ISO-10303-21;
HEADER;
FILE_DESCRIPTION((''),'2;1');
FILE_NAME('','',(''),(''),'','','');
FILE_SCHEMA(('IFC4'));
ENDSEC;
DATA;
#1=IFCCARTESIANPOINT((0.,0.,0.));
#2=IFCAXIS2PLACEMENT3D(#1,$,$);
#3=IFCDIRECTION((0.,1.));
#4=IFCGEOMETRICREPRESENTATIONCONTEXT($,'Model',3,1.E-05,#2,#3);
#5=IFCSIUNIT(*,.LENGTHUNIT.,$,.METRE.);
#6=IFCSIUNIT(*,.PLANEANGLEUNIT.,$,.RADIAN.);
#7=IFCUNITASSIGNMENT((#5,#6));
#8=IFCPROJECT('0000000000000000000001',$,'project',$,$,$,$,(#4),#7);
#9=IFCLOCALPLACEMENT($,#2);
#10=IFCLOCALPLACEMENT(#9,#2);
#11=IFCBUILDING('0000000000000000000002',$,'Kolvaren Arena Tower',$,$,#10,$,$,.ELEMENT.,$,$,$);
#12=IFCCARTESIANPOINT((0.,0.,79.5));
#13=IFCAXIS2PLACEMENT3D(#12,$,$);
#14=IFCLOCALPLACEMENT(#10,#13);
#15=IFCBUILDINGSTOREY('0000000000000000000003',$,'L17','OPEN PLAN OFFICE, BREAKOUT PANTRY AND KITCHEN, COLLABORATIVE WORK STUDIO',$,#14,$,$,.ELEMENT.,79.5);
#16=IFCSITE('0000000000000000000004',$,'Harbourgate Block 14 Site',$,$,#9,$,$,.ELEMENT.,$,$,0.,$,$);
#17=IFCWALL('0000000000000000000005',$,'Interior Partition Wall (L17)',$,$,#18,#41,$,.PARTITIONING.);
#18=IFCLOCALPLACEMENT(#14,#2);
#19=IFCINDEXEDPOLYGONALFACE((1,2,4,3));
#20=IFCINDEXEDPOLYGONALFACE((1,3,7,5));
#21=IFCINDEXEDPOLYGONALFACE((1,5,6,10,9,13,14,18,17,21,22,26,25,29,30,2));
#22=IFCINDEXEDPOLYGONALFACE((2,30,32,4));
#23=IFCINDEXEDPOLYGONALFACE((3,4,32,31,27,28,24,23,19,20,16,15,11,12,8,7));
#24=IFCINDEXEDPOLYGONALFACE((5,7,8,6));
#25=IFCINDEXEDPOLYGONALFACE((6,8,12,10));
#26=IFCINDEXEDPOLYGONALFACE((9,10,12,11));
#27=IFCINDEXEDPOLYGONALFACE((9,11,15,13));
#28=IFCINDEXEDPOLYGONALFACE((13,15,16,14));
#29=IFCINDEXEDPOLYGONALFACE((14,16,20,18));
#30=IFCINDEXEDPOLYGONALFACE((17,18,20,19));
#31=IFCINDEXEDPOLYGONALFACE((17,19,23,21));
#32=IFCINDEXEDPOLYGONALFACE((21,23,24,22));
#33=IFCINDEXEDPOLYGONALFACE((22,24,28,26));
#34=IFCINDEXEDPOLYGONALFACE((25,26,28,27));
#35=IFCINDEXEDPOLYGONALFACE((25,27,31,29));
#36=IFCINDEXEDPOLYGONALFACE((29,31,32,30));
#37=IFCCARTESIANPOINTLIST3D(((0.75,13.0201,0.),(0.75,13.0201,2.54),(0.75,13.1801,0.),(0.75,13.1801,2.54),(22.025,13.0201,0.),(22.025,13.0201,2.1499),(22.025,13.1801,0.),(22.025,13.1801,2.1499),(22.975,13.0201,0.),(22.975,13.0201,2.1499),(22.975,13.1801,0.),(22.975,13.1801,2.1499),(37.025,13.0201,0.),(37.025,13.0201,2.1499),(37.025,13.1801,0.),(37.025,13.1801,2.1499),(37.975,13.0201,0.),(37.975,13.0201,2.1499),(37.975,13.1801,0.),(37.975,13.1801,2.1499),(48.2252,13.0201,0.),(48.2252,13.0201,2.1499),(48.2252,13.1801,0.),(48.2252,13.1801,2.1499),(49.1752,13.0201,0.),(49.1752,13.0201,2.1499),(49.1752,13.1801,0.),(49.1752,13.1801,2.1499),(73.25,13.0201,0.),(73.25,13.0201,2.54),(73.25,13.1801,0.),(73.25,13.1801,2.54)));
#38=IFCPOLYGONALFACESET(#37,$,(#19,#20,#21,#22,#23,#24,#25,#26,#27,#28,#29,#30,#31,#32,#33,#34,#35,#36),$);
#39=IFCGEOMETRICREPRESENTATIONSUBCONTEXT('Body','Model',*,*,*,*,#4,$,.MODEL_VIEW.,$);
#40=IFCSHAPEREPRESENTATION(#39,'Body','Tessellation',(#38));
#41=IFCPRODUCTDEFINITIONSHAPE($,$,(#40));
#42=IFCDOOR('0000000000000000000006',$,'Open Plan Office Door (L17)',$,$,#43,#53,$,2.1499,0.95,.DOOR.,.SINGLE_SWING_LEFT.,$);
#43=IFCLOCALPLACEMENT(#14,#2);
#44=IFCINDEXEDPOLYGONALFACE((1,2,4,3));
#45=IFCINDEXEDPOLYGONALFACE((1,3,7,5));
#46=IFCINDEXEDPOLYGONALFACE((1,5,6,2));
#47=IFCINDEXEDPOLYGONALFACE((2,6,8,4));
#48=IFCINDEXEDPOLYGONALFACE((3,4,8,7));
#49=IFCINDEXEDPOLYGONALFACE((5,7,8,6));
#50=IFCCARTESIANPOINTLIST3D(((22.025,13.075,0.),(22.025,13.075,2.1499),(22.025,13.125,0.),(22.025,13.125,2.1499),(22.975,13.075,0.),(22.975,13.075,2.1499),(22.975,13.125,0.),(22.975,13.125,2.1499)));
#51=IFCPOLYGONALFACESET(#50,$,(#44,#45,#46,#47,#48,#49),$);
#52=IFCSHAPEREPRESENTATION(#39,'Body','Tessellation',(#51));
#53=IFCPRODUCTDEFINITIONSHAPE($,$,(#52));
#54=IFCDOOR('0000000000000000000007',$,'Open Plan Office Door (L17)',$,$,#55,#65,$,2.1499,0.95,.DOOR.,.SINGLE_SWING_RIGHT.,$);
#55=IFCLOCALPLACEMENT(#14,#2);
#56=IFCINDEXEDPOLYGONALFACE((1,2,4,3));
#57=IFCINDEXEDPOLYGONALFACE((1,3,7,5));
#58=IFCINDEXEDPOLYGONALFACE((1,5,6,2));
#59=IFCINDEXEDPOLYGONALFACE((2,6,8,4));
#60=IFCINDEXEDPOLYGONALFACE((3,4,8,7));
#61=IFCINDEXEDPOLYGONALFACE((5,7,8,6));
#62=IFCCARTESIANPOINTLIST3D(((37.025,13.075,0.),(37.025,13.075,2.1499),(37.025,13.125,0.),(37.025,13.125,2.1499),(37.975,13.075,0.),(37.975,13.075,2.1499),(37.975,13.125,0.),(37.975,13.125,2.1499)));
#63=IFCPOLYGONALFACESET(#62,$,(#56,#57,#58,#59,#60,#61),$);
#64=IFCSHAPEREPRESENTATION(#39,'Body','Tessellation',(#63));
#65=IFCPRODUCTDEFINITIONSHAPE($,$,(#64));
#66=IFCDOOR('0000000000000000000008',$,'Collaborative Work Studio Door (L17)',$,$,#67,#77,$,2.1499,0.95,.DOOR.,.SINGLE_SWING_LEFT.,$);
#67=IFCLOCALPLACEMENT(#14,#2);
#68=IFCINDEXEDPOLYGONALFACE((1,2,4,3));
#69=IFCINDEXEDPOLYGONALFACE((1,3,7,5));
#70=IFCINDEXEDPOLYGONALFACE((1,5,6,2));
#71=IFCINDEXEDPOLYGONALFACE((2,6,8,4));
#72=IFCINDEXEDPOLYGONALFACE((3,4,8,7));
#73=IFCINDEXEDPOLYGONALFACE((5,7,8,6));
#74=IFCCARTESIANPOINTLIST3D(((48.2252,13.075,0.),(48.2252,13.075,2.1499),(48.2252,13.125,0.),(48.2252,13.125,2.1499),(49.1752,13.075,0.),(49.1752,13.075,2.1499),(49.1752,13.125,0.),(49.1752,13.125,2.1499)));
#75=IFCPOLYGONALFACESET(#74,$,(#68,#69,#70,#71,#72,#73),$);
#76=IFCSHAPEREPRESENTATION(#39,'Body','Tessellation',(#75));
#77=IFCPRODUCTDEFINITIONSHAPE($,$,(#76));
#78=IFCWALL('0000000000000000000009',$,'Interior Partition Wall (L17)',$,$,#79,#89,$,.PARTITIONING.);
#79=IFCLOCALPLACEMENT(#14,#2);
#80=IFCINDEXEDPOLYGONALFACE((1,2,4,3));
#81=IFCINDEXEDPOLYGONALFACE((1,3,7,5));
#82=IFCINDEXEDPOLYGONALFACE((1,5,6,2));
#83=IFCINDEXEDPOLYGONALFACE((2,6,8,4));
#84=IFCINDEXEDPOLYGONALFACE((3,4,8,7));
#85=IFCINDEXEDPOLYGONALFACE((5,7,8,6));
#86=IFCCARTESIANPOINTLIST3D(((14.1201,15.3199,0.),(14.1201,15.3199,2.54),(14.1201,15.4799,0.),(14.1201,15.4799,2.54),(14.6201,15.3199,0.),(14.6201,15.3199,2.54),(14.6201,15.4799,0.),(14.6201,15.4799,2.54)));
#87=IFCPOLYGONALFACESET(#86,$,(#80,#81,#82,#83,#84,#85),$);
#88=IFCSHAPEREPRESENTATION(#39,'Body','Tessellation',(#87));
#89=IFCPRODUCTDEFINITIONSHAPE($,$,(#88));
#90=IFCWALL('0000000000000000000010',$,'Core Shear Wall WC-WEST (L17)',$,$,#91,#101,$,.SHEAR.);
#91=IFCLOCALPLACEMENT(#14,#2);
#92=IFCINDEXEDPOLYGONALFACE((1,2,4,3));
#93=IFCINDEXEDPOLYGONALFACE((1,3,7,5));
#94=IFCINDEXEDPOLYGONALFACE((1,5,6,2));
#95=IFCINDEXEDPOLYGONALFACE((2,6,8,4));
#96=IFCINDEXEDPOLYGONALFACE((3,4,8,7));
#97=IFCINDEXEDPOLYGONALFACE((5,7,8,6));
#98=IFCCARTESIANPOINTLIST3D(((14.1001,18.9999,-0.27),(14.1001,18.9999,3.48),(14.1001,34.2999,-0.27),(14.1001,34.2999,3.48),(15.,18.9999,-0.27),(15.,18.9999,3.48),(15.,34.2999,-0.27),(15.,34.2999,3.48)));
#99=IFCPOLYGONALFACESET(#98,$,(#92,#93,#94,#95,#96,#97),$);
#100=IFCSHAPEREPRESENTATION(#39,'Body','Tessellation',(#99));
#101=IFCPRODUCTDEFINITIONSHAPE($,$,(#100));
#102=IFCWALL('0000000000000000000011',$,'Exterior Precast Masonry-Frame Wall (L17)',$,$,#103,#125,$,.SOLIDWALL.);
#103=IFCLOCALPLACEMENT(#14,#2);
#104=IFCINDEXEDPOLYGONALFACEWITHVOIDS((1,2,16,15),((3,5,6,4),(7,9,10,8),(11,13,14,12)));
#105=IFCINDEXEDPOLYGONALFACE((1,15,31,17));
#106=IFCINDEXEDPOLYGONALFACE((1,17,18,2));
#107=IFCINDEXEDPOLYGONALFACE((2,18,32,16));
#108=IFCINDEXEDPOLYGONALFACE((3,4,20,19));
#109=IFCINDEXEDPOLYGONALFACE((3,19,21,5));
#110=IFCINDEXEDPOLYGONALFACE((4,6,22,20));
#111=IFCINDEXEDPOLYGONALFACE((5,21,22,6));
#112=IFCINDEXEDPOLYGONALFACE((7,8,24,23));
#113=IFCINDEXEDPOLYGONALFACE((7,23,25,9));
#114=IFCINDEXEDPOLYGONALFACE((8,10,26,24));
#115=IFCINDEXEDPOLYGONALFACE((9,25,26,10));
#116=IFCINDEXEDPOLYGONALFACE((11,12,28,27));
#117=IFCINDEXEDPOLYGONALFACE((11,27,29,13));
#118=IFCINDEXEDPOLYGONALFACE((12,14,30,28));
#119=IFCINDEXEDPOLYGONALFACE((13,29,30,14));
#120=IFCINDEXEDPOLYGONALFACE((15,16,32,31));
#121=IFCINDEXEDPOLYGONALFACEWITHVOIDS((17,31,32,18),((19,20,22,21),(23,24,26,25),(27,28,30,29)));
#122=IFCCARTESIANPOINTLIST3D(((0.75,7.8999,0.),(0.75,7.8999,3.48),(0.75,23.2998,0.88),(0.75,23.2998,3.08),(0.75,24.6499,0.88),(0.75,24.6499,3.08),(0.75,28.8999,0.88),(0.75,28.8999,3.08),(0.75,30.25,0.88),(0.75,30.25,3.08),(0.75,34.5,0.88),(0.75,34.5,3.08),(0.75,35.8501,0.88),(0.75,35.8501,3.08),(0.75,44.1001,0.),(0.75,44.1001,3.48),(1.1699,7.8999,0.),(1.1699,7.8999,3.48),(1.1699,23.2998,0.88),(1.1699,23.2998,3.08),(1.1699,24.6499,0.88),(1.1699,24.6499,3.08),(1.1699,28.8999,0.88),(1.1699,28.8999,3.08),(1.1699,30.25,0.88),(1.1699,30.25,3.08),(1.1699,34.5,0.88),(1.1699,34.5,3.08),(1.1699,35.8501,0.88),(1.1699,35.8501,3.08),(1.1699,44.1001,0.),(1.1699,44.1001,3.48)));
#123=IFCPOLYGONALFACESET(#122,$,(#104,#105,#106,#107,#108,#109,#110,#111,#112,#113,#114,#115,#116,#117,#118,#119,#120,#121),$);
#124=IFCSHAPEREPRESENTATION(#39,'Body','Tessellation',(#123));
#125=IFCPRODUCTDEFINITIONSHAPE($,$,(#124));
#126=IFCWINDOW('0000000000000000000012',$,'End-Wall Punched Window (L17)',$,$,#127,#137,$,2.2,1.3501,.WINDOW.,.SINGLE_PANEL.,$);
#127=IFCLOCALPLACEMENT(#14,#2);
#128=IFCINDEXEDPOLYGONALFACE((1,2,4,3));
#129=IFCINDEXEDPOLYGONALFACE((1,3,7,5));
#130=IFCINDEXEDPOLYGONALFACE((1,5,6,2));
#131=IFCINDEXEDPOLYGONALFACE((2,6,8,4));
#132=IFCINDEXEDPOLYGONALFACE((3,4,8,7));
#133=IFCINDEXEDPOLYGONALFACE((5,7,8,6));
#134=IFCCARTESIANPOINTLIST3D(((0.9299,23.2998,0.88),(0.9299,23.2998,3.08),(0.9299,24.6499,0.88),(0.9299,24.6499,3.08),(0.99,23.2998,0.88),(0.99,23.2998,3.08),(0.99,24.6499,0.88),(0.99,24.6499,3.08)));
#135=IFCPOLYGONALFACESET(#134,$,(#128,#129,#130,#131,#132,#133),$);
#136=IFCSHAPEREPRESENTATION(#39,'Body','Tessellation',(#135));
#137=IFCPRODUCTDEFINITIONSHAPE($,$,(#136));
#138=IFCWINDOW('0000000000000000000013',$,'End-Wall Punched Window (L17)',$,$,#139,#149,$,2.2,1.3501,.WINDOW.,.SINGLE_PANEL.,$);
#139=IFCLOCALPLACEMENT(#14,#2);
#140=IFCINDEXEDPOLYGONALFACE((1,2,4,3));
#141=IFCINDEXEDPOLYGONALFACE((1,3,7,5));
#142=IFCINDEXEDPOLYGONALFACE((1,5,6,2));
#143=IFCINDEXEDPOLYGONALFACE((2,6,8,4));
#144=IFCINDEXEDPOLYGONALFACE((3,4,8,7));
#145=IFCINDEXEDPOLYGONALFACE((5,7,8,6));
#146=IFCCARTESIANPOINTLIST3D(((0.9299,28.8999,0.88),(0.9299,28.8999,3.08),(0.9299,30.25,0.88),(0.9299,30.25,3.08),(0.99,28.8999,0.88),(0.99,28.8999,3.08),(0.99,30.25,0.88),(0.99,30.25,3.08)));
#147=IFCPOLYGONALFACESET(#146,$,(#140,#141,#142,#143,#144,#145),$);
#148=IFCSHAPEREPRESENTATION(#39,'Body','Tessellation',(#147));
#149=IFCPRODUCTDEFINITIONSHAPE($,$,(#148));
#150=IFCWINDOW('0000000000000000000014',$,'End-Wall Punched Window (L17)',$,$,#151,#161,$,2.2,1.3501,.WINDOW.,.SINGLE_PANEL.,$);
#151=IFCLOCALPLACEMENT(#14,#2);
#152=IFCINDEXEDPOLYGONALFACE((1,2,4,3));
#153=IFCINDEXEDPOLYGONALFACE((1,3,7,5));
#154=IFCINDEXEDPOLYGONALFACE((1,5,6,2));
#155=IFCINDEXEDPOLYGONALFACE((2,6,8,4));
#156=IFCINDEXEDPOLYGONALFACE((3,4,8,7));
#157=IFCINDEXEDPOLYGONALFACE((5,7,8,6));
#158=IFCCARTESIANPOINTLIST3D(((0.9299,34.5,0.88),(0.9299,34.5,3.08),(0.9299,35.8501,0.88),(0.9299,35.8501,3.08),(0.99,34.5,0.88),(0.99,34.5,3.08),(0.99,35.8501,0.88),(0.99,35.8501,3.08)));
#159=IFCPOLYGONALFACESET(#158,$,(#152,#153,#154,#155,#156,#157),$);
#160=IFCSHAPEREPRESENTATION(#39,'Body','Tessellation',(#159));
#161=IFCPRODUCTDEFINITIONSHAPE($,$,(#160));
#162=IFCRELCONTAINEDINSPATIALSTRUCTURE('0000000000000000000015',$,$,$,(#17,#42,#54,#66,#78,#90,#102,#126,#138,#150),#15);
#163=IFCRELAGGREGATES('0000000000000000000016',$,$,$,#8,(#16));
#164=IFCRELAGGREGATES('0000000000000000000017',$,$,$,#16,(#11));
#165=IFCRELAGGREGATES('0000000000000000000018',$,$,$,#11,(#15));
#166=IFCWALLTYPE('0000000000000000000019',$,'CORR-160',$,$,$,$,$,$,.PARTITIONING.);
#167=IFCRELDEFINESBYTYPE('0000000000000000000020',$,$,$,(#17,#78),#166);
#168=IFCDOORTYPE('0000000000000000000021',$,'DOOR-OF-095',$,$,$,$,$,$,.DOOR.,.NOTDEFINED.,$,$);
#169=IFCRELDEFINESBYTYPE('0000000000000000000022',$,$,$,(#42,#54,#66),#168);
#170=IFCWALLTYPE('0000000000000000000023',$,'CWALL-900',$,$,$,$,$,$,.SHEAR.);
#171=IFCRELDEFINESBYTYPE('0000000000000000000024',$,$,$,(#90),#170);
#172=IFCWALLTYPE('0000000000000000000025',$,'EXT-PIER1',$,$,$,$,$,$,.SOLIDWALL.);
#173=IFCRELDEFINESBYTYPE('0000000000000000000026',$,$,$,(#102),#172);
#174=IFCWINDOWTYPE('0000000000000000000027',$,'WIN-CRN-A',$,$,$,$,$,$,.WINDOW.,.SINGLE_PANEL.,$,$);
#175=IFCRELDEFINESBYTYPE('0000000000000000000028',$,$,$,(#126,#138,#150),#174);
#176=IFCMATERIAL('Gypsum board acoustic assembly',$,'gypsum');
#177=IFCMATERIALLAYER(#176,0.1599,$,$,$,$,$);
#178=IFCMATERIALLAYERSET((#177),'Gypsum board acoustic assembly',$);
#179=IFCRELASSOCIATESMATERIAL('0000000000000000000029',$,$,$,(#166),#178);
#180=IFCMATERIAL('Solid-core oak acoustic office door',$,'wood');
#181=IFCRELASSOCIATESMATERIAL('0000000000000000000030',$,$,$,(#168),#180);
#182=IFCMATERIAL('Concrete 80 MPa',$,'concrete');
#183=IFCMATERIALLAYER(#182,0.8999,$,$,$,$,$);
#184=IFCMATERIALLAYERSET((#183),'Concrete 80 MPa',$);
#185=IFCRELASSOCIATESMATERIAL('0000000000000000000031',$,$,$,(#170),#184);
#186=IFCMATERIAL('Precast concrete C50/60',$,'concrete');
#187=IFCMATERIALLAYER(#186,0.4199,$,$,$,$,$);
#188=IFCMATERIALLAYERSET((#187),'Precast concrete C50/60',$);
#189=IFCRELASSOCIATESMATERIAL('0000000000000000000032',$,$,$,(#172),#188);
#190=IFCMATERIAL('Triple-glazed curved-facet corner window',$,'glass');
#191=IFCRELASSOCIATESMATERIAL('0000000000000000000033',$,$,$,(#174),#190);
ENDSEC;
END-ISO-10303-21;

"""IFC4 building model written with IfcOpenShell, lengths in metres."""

from ifc_helpers import new_model, si_unit, direction, frame, frame_2d, origin, place, context, subcontext, project, spatial, rectangle, extrude, material, layer, layer_set, type_object, element, fill, save


model = new_model("IFC4")

# Units and contexts
model_context = context("Model", 3, precision=1e-05, world=origin(), true_north=direction((0.0, 1.0)))
body_context = subcontext(model_context, "Body", "Model", "MODEL_VIEW")
ifc_project = project(units=[si_unit("LENGTHUNIT", "METRE"), si_unit("PLANEANGLEUNIT", "RADIAN")], contexts=[model_context])

# Site, building, storey
site_placement = place(None, origin())
site = spatial("IfcSite", under=ifc_project, at=site_placement, Name="Harbourgate Block 14 Site", CompositionType="ELEMENT", RefElevation=0.0)
building_placement = place(site_placement, origin())
building = spatial("IfcBuilding", under=site, at=building_placement, Name="Kolvaren Arena Tower", CompositionType="ELEMENT")
storey_placement = place(building_placement, frame((0.0, 0.0, 79.5)))
storey = spatial("IfcBuildingStorey", under=building, at=storey_placement, Name="L17", Description="OPEN PLAN OFFICE, BREAKOUT PANTRY AND KITCHEN, COLLABORATIVE WORK STUDIO", CompositionType="ELEMENT", Elevation=79.5)

# Wall, openings, doors
ifc_material_1 = material(Name="Gypsum board acoustic assembly", Category="gypsum")
ifc_layer_1 = layer(ifc_material_1, 0.1599)
ifc_layer_set_1 = layer_set([ifc_layer_1], Name="Gypsum board acoustic assembly")
wall_type_1 = type_object("IfcWallType", Name="CORR-160", PredefinedType="PARTITIONING", material=ifc_layer_set_1)
wall_1_placement = place(storey_placement, frame((0.75, 13.1001, 0.0), z_axis=(0.0, 0.0, 1.0), x_axis=(1.0, 0.0, 0.0)))
wall_1 = element("IfcWall", 1, at=wall_1_placement, inside=storey, type_object=wall_type_1, Name="Interior Partition Wall (L17)", PredefinedType="PARTITIONING", context=body_context, shape_type="SweptSolid", body=[
    extrude(rectangle(XDim=72.5, YDim=0.1599, at=frame_2d((36.25, 0.0))), origin(), (0.0, 0.0, 1.0), 2.54),
])
opening_1_placement = place(wall_1_placement, frame((21.2749, 0.0, 0.0)))
opening_1 = element("IfcOpeningElement", 2, at=opening_1_placement, cuts=wall_1, PredefinedType="OPENING", context=body_context, shape_type="SweptSolid", body=[
    extrude(rectangle(XDim=0.95, YDim=2.1499, at=frame_2d((0.4751, 1.075))), frame((0.0, 0.0898, 0.0), z_axis=(0.0, -1.0, 0.0), x_axis=(1.0, 0.0, 0.0)), (0.0, 0.0, 1.0), 0.1799),
])
opening_2_placement = place(wall_1_placement, frame((36.2749, 0.0, 0.0)))
opening_2 = element("IfcOpeningElement", 3, at=opening_2_placement, cuts=wall_1, PredefinedType="OPENING", context=body_context, shape_type="SweptSolid", body=[
    extrude(rectangle(XDim=0.95, YDim=2.1499, at=frame_2d((0.4751, 1.075))), frame((0.0, 0.0898, 0.0), z_axis=(0.0, -1.0, 0.0), x_axis=(1.0, 0.0, 0.0)), (0.0, 0.0, 1.0), 0.1799),
])
opening_3_placement = place(wall_1_placement, frame((47.4751, 0.0, 0.0)))
opening_3 = element("IfcOpeningElement", 4, at=opening_3_placement, cuts=wall_1, PredefinedType="OPENING", context=body_context, shape_type="SweptSolid", body=[
    extrude(rectangle(XDim=0.95, YDim=2.1499, at=frame_2d((0.4751, 1.075))), frame((0.0, 0.0898, 0.0), z_axis=(0.0, -1.0, 0.0), x_axis=(1.0, 0.0, 0.0)), (0.0, 0.0, 1.0), 0.1799),
])
ifc_material_2 = material(Name="Solid-core oak acoustic office door", Category="wood")
door_type_1 = type_object("IfcDoorType", Name="DOOR-OF-095", OperationType="NOTDEFINED", PredefinedType="DOOR", material=ifc_material_2)
door_1_placement = place(opening_1_placement, origin())
door_1 = element("IfcDoor", 5, at=door_1_placement, inside=storey, type_object=door_type_1, Name="Open Plan Office Door (L17)", OperationType="SINGLE_SWING_LEFT", OverallHeight=2.1499, OverallWidth=0.95, PredefinedType="DOOR", context=body_context, shape_type="SweptSolid", body=[
    extrude(rectangle(XDim=0.95, YDim=2.1499, at=frame_2d((0.4751, 1.075))), frame((0.0, 0.0249, 0.0), z_axis=(0.0, -1.0, 0.0), x_axis=(1.0, 0.0, 0.0)), (0.0, 0.0, 1.0), 0.05),
])
fill(opening_1, door_1)
door_2_placement = place(opening_2_placement, origin())
door_2 = element("IfcDoor", 6, at=door_2_placement, inside=storey, type_object=door_type_1, Name="Open Plan Office Door (L17)", OperationType="SINGLE_SWING_RIGHT", OverallHeight=2.1499, OverallWidth=0.95, PredefinedType="DOOR", context=body_context, shape_type="SweptSolid", body=[
    extrude(rectangle(XDim=0.95, YDim=2.1499, at=frame_2d((0.4751, 1.075))), frame((0.0, 0.0249, 0.0), z_axis=(0.0, -1.0, 0.0), x_axis=(1.0, 0.0, 0.0)), (0.0, 0.0, 1.0), 0.05),
])
fill(opening_2, door_2)
door_3_placement = place(opening_3_placement, origin())
door_3 = element("IfcDoor", 7, at=door_3_placement, inside=storey, type_object=door_type_1, Name="Collaborative Work Studio Door (L17)", OperationType="SINGLE_SWING_LEFT", OverallHeight=2.1499, OverallWidth=0.95, PredefinedType="DOOR", context=body_context, shape_type="SweptSolid", body=[
    extrude(rectangle(XDim=0.95, YDim=2.1499, at=frame_2d((0.4751, 1.075))), frame((0.0, 0.0249, 0.0), z_axis=(0.0, -1.0, 0.0), x_axis=(1.0, 0.0, 0.0)), (0.0, 0.0, 1.0), 0.05),
])
fill(opening_3, door_3)

# Walls
wall_2_placement = place(storey_placement, frame((14.1201, 15.3999, 0.0), z_axis=(0.0, 0.0, 1.0), x_axis=(1.0, 0.0, 0.0)))
element("IfcWall", 8, at=wall_2_placement, inside=storey, type_object=wall_type_1, Name="Interior Partition Wall (L17)", PredefinedType="PARTITIONING", context=body_context, shape_type="SweptSolid", body=[
    extrude(rectangle(XDim=0.5, YDim=0.1599, at=frame_2d((0.25, 0.0))), origin(), (0.0, 0.0, 1.0), 2.54),
])
ifc_material_3 = material(Name="Concrete 80 MPa", Category="concrete")
ifc_layer_2 = layer(ifc_material_3, 0.8999)
ifc_layer_set_2 = layer_set([ifc_layer_2], Name="Concrete 80 MPa")
wall_type_2 = type_object("IfcWallType", Name="CWALL-900", PredefinedType="SHEAR", material=ifc_layer_set_2)
wall_3_placement = place(storey_placement, frame((14.55, 19.0, -0.27), z_axis=(0.0, 0.0, 1.0), x_axis=(0.0, 1.0, 0.0)))
element("IfcWall", 9, at=wall_3_placement, inside=storey, type_object=wall_type_2, Name="Core Shear Wall WC-WEST (L17)", PredefinedType="SHEAR", context=body_context, shape_type="SweptSolid", body=[
    extrude(rectangle(XDim=15.3, YDim=0.8999, at=frame_2d((7.6499, 0.0))), origin(), (0.0, 0.0, 1.0), 3.75),
])

# Wall, openings, windows
ifc_material_4 = material(Name="Precast concrete C50/60", Category="concrete")
ifc_layer_3 = layer(ifc_material_4, 0.4199)
ifc_layer_set_3 = layer_set([ifc_layer_3], Name="Precast concrete C50/60")
wall_type_3 = type_object("IfcWallType", Name="EXT-PIER1", PredefinedType="SOLIDWALL", material=ifc_layer_set_3)
wall_4_placement = place(storey_placement, frame((0.96, 7.8999, 0.0), z_axis=(0.0, 0.0, 1.0), x_axis=(0.0, 1.0, 0.0)))
wall_4 = element("IfcWall", 10, at=wall_4_placement, inside=storey, type_object=wall_type_3, Name="Exterior Precast Masonry-Frame Wall (L17)", PredefinedType="SOLIDWALL", context=body_context, shape_type="SweptSolid", body=[
    extrude(rectangle(XDim=36.2002, YDim=0.4199, at=frame_2d((18.1001, 0.0))), origin(), (0.0, 0.0, 1.0), 3.48),
])
opening_4_placement = place(wall_4_placement, frame((15.3999, 0.0, 0.8799)))
opening_4 = element("IfcOpeningElement", 11, at=opening_4_placement, cuts=wall_4, PredefinedType="OPENING", context=body_context, shape_type="SweptSolid", body=[
    extrude(rectangle(XDim=1.3501, YDim=2.2, at=frame_2d((0.675, 1.1001))), frame((0.0, 0.22, 0.0), z_axis=(0.0, -1.0, 0.0), x_axis=(1.0, 0.0, 0.0)), (0.0, 0.0, 1.0), 0.4399),
])
opening_5_placement = place(wall_4_placement, frame((21.0, 0.0, 0.8799)))
opening_5 = element("IfcOpeningElement", 12, at=opening_5_placement, cuts=wall_4, PredefinedType="OPENING", context=body_context, shape_type="SweptSolid", body=[
    extrude(rectangle(XDim=1.3501, YDim=2.2, at=frame_2d((0.675, 1.1001))), frame((0.0, 0.22, 0.0), z_axis=(0.0, -1.0, 0.0), x_axis=(1.0, 0.0, 0.0)), (0.0, 0.0, 1.0), 0.4399),
])
opening_6_placement = place(wall_4_placement, frame((26.6001, 0.0, 0.8799)))
opening_6 = element("IfcOpeningElement", 13, at=opening_6_placement, cuts=wall_4, PredefinedType="OPENING", context=body_context, shape_type="SweptSolid", body=[
    extrude(rectangle(XDim=1.3501, YDim=2.2, at=frame_2d((0.675, 1.1001))), frame((0.0, 0.22, 0.0), z_axis=(0.0, -1.0, 0.0), x_axis=(1.0, 0.0, 0.0)), (0.0, 0.0, 1.0), 0.4399),
])
ifc_material_5 = material(Name="Triple-glazed curved-facet corner window", Category="glass")
window_type = type_object("IfcWindowType", Name="WIN-CRN-A", PartitioningType="SINGLE_PANEL", PredefinedType="WINDOW", material=ifc_material_5)
window_1_placement = place(opening_4_placement, origin())
window_1 = element("IfcWindow", 14, at=window_1_placement, inside=storey, type_object=window_type, Name="End-Wall Punched Window (L17)", OverallHeight=2.2, OverallWidth=1.3501, PartitioningType="SINGLE_PANEL", PredefinedType="WINDOW", context=body_context, shape_type="SweptSolid", body=[
    extrude(rectangle(XDim=1.3501, YDim=2.2, at=frame_2d((0.675, 1.1001))), frame((0.0, 0.03, 0.0), z_axis=(0.0, -1.0, 0.0), x_axis=(1.0, 0.0, 0.0)), (0.0, 0.0, 1.0), 0.0601),
])
fill(opening_4, window_1)
window_2_placement = place(opening_5_placement, origin())
window_2 = element("IfcWindow", 15, at=window_2_placement, inside=storey, type_object=window_type, Name="End-Wall Punched Window (L17)", OverallHeight=2.2, OverallWidth=1.3501, PartitioningType="SINGLE_PANEL", PredefinedType="WINDOW", context=body_context, shape_type="SweptSolid", body=[
    extrude(rectangle(XDim=1.3501, YDim=2.2, at=frame_2d((0.675, 1.1001))), frame((0.0, 0.03, 0.0), z_axis=(0.0, -1.0, 0.0), x_axis=(1.0, 0.0, 0.0)), (0.0, 0.0, 1.0), 0.0601),
])
fill(opening_5, window_2)
window_3_placement = place(opening_6_placement, origin())
window_3 = element("IfcWindow", 16, at=window_3_placement, inside=storey, type_object=window_type, Name="End-Wall Punched Window (L17)", OverallHeight=2.2, OverallWidth=1.3501, PartitioningType="SINGLE_PANEL", PredefinedType="WINDOW", context=body_context, shape_type="SweptSolid", body=[
    extrude(rectangle(XDim=1.3501, YDim=2.2, at=frame_2d((0.675, 1.1001))), frame((0.0, 0.03, 0.0), z_axis=(0.0, -1.0, 0.0), x_axis=(1.0, 0.0, 0.0)), (0.0, 0.0, 1.0), 0.0601),
])
fill(opening_6, window_3)

save(model, "model.ifc")
